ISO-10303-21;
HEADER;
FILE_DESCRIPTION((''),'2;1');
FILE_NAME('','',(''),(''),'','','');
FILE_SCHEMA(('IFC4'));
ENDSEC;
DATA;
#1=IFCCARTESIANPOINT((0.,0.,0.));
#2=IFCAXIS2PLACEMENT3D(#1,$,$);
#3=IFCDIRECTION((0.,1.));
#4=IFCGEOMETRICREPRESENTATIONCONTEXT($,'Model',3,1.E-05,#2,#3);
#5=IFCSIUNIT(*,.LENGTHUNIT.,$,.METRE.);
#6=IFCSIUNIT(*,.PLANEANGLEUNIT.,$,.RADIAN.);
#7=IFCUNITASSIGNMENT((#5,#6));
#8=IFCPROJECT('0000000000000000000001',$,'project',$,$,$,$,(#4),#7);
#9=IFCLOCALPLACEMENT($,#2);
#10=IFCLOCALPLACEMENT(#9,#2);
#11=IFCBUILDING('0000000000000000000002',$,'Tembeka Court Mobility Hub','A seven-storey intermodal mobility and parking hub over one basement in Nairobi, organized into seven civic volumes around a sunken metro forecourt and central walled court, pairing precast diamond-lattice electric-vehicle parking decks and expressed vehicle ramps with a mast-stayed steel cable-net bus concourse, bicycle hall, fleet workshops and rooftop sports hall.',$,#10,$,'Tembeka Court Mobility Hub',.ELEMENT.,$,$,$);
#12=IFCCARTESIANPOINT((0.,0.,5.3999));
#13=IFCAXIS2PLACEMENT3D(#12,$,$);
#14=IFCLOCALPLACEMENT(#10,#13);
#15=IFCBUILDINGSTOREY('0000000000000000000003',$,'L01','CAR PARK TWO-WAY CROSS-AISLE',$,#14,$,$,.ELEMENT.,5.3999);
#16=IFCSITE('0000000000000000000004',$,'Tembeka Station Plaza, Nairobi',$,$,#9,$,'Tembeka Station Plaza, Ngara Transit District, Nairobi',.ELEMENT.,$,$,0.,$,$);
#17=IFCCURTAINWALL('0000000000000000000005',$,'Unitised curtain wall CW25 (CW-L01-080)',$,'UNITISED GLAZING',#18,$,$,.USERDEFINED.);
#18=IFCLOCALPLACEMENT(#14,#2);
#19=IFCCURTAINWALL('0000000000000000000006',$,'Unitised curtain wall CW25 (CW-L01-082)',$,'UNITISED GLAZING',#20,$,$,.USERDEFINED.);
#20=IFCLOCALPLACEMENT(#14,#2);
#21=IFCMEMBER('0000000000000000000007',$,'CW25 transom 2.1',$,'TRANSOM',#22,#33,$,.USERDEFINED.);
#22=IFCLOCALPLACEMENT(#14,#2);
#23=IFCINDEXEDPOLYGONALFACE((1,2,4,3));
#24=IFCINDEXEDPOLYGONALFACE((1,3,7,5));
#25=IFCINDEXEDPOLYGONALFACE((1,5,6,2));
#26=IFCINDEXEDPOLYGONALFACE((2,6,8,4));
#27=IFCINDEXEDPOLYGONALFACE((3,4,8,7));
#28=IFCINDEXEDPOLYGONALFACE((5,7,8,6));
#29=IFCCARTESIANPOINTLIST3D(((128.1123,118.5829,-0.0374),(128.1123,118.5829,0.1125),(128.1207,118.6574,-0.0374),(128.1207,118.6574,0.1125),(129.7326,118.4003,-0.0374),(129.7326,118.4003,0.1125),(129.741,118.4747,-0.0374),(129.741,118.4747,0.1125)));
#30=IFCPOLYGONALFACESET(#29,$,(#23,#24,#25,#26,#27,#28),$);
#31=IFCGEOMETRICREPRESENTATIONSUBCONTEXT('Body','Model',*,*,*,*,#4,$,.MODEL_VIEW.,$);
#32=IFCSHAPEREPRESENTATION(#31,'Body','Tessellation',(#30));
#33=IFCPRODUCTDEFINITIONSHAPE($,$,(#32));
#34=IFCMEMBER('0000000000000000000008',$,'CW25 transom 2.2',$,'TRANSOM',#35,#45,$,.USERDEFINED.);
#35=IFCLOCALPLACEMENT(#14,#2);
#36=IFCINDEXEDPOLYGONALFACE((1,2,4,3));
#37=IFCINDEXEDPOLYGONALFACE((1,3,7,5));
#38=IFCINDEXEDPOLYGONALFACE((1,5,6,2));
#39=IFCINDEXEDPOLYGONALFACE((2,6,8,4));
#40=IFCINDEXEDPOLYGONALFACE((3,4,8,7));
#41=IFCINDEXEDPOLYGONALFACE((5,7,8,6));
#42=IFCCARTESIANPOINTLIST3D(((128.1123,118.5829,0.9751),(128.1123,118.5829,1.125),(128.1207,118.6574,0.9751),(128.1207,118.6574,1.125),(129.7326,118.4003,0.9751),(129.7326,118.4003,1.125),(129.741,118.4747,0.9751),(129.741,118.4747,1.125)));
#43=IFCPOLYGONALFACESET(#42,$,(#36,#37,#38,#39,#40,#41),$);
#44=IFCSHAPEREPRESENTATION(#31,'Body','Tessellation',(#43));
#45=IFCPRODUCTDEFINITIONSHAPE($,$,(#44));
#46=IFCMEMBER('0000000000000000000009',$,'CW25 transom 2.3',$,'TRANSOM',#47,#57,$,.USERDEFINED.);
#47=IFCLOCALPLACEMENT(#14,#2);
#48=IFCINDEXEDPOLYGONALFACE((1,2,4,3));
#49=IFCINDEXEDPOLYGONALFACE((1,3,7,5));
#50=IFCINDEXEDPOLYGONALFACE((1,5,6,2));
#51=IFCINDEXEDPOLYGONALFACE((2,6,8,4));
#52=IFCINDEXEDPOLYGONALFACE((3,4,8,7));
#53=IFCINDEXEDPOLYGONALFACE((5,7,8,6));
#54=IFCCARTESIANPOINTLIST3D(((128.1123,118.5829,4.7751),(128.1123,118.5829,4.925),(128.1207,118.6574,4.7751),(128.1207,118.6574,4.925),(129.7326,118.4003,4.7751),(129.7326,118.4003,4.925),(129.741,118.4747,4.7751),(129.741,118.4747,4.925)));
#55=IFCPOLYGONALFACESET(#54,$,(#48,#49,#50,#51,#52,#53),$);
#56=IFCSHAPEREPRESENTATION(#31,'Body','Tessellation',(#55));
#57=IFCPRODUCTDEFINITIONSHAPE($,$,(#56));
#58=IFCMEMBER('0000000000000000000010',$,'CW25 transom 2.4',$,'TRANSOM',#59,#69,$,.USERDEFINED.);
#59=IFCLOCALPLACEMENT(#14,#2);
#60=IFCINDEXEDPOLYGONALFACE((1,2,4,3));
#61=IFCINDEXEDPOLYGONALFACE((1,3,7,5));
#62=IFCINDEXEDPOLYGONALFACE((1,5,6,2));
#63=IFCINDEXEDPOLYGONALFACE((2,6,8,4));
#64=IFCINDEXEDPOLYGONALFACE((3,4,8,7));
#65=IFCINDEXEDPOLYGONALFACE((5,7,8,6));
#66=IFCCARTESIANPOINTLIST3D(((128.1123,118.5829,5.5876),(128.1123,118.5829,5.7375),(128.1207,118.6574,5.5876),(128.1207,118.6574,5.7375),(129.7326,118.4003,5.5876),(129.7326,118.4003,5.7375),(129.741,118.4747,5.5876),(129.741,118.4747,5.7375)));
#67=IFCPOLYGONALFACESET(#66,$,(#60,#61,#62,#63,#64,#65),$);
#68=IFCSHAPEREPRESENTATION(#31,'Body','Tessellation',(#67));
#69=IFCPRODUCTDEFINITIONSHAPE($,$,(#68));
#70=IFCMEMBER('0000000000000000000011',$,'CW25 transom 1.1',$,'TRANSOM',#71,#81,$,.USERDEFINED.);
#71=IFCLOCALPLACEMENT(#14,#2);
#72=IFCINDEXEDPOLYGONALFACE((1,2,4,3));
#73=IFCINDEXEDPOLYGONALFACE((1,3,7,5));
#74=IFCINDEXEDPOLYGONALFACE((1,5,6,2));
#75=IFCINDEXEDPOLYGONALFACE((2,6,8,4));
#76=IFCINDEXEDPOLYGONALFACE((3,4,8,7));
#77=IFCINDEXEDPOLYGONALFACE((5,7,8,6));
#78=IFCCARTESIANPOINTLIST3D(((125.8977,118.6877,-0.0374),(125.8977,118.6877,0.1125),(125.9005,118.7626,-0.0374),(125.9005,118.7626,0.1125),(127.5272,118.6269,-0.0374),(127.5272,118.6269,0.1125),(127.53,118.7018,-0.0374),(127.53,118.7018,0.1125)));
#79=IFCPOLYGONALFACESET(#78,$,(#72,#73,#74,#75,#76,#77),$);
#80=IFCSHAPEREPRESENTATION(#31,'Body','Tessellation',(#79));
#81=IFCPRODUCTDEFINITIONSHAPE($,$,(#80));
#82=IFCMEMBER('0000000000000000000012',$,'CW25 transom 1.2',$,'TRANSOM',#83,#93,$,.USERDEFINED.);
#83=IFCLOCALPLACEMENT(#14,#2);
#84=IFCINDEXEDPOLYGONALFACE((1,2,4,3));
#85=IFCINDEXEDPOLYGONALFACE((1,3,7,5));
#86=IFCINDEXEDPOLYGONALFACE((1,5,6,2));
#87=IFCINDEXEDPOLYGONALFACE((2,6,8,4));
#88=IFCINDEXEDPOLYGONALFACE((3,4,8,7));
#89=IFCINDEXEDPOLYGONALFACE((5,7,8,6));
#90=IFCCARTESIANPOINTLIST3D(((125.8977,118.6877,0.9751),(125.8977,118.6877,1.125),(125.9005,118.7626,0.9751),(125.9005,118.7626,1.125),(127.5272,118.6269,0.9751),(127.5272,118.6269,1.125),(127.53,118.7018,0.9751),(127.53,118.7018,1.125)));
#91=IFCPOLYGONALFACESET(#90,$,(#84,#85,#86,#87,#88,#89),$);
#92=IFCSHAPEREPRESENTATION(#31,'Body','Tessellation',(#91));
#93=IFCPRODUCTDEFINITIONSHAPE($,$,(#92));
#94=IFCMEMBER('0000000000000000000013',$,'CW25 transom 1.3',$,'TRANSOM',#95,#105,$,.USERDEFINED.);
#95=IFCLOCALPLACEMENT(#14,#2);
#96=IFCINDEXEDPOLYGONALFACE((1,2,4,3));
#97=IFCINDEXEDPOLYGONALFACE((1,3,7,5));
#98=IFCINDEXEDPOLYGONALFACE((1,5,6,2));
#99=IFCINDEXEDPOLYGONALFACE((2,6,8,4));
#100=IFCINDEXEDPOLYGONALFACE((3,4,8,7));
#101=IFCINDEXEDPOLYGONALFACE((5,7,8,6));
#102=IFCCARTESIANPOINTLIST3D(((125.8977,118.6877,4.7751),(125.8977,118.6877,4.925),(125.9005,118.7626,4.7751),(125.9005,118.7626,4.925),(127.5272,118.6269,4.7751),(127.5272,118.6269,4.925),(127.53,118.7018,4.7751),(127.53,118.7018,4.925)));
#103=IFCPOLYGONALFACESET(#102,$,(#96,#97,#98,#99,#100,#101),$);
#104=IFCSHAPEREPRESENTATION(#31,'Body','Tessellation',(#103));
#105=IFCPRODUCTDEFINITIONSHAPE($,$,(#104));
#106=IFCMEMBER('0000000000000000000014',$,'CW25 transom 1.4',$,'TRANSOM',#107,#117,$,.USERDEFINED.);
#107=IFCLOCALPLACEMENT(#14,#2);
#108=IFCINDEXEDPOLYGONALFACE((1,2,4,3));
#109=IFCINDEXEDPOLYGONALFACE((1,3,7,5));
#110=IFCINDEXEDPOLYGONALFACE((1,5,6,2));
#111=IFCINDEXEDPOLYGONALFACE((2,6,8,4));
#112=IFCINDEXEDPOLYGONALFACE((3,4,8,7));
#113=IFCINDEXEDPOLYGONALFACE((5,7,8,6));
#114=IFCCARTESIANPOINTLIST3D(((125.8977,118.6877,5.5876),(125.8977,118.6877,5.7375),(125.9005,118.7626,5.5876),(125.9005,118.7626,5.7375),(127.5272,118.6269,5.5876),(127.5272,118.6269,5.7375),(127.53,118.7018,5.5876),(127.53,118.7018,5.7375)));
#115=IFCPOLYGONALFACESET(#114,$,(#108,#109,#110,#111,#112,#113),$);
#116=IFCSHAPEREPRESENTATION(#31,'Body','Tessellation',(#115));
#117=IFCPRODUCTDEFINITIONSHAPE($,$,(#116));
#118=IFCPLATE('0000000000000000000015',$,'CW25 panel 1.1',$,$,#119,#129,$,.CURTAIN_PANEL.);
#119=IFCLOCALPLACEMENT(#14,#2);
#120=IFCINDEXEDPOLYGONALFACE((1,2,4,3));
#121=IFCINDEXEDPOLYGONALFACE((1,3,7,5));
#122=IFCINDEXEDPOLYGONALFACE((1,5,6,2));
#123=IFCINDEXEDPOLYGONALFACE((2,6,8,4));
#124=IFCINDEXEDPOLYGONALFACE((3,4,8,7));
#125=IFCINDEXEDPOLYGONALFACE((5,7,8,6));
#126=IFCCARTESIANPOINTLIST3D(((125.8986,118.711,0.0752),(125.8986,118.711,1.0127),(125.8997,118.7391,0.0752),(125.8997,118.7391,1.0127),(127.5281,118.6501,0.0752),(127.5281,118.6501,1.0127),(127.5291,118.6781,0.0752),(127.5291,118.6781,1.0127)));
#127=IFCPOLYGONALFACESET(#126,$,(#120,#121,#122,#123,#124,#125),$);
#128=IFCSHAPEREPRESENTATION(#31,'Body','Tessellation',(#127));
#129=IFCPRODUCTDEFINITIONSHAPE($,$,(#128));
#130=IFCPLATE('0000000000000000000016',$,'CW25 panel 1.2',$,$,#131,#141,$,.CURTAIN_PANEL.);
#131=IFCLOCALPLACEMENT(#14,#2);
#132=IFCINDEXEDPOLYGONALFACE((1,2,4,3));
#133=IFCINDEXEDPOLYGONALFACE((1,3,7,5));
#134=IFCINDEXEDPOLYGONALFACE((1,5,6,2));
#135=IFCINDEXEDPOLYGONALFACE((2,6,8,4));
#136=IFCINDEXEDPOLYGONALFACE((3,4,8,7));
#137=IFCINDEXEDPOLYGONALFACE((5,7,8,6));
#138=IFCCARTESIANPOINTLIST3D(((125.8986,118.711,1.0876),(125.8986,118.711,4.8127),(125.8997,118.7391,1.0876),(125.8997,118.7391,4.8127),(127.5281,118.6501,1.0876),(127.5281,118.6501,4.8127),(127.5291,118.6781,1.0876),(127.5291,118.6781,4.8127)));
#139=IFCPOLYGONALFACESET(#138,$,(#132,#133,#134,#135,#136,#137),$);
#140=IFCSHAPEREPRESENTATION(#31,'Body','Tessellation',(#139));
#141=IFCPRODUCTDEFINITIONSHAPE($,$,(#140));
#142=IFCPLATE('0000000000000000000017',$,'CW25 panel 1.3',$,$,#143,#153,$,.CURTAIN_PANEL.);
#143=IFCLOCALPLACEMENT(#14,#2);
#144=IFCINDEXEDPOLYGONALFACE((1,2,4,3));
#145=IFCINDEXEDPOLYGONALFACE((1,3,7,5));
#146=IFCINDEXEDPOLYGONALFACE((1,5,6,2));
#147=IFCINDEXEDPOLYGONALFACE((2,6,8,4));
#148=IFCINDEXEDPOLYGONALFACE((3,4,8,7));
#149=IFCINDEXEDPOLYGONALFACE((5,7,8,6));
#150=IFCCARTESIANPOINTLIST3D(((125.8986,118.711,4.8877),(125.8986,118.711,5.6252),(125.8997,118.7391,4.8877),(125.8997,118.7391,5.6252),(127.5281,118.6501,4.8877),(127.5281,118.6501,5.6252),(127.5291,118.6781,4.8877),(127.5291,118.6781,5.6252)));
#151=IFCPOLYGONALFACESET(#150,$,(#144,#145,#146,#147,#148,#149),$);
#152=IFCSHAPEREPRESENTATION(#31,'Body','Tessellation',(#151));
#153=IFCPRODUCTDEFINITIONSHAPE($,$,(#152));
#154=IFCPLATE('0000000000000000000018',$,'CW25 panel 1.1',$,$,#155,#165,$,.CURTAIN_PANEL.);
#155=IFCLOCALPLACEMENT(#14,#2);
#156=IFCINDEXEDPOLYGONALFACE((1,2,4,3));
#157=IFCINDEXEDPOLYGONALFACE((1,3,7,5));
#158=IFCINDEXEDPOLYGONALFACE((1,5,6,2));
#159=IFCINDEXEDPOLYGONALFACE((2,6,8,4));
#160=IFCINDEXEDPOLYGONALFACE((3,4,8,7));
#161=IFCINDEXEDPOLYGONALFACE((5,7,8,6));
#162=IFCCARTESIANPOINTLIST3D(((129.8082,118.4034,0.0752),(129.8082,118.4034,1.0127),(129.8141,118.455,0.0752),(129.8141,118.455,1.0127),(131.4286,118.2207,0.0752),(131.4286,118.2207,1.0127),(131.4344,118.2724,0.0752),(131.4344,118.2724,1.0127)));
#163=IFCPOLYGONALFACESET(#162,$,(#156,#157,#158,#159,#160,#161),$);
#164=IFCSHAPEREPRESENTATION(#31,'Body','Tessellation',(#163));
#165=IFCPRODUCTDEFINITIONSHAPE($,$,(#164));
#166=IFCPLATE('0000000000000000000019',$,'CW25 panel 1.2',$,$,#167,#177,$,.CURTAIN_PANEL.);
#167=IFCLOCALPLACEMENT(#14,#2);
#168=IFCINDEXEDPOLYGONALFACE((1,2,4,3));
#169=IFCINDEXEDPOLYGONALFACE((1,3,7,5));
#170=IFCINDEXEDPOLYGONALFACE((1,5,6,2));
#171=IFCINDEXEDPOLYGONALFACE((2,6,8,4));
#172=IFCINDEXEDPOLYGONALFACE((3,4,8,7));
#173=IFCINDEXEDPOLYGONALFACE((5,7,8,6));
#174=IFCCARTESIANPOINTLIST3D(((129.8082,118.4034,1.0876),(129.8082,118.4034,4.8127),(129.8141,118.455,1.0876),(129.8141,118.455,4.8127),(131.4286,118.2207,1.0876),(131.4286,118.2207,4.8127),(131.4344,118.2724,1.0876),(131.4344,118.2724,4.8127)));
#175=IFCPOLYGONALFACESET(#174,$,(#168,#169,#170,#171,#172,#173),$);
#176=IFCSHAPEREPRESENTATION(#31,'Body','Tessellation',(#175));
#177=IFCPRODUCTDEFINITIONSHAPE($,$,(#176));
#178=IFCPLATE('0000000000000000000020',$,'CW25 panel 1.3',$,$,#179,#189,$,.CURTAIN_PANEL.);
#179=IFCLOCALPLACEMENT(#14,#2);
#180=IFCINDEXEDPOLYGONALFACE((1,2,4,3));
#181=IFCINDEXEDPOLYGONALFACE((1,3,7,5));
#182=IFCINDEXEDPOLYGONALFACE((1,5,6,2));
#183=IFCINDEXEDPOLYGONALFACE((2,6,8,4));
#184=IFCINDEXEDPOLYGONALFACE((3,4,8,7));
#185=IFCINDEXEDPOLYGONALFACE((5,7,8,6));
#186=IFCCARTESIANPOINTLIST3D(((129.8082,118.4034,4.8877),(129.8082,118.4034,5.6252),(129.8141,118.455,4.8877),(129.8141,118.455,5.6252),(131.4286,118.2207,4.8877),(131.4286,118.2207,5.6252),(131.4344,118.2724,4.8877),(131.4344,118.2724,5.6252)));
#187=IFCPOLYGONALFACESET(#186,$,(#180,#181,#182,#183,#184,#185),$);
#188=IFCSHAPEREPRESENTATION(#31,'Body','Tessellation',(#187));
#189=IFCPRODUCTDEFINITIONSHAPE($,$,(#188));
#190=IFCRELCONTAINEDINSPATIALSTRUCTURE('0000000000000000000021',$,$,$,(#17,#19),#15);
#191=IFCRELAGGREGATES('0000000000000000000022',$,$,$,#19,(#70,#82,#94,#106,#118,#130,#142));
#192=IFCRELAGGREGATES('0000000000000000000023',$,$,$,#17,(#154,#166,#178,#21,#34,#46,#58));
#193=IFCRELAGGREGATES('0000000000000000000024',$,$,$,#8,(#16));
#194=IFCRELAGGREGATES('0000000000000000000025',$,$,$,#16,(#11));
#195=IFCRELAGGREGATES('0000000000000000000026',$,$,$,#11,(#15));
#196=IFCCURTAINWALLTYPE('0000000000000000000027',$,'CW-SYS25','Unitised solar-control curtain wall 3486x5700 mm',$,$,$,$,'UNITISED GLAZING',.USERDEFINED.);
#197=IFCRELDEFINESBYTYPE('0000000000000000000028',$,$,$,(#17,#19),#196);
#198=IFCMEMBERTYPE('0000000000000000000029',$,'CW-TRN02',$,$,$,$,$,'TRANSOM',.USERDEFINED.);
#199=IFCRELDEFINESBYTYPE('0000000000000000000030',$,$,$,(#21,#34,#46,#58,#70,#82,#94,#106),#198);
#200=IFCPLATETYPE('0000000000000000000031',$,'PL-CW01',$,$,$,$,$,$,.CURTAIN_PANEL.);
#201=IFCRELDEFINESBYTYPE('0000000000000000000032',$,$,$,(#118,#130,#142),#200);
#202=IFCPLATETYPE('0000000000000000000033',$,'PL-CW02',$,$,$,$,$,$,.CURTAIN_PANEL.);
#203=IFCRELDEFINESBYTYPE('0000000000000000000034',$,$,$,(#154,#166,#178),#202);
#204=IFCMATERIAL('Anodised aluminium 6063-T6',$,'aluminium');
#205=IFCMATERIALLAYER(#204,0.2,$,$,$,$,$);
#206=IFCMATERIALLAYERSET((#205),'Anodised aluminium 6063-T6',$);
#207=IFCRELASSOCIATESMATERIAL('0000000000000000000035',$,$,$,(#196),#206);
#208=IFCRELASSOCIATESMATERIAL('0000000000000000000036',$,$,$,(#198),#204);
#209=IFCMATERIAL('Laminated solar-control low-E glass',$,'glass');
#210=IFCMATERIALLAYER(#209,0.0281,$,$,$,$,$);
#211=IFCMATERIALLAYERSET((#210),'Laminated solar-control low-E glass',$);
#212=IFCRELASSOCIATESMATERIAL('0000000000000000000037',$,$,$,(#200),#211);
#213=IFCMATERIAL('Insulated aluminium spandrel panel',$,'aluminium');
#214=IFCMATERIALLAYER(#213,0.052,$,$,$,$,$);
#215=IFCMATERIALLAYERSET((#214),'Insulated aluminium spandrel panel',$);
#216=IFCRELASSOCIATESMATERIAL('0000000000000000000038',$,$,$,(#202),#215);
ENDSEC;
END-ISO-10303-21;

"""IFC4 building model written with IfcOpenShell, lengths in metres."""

from ifc_helpers import new_model, si_unit, direction, frame, origin, origin_2d, place, context, subcontext, project, spatial, rectangle, extrude, material, layer, layer_set, material_profile, profile_set, type_object, element, aggregate, save


model = new_model("IFC4")

# Units and contexts
model_context = context("Model", 3, precision=1e-05, world=origin(), true_north=direction((0.0, 1.0)))
body_context = subcontext(model_context, "Body", "Model", "MODEL_VIEW")
ifc_project = project(units=[si_unit("LENGTHUNIT", "METRE"), si_unit("PLANEANGLEUNIT", "RADIAN")], contexts=[model_context])

# Site, building, storey
site_placement = place(None, origin())
site = spatial("IfcSite", under=ifc_project, at=site_placement, Name="Tembeka Station Plaza, Nairobi", LongName="Tembeka Station Plaza, Ngara Transit District, Nairobi", CompositionType="ELEMENT", RefElevation=0.0)
building_placement = place(site_placement, origin())
building = spatial("IfcBuilding", under=site, at=building_placement, Name="Tembeka Court Mobility Hub", Description="A seven-storey intermodal mobility and parking hub over one basement in Nairobi, organized into seven civic volumes around a sunken metro forecourt and central walled court, pairing precast diamond-lattice electric-vehicle parking decks and expressed vehicle ramps with a mast-stayed steel cable-net bus concourse, bicycle hall, fleet workshops and rooftop sports hall.", LongName="Tembeka Court Mobility Hub", CompositionType="ELEMENT")
storey_placement = place(building_placement, frame((0.0, 0.0, 5.3999)))
storey = spatial("IfcBuildingStorey", under=building, at=storey_placement, Name="L01", Description="CAR PARK TWO-WAY CROSS-AISLE", CompositionType="ELEMENT", Elevation=5.3999)

# Curtain wall
ifc_material_1 = material(Name="Anodised aluminium 6063-T6", Category="aluminium")
ifc_layer_1 = layer(ifc_material_1, 0.2)
ifc_layer_set_1 = layer_set([ifc_layer_1], Name="Anodised aluminium 6063-T6")
curtain_wall_type = type_object("IfcCurtainWallType", Name="CW-SYS25", Description="Unitised solar-control curtain wall 3486x5700 mm", ElementType="UNITISED GLAZING", PredefinedType="USERDEFINED", material=ifc_layer_set_1)
curtain_wall_1_placement = place(storey_placement, origin())
curtain_wall_1 = element("IfcCurtainWall", 1, at=curtain_wall_1_placement, inside=storey, type_object=curtain_wall_type, Name="Unitised curtain wall CW25 (CW-L01-080)", ObjectType="UNITISED GLAZING", PredefinedType="USERDEFINED")

# Curtain wall
curtain_wall_2_placement = place(storey_placement, origin())
curtain_wall_2 = element("IfcCurtainWall", 2, at=curtain_wall_2_placement, inside=storey, type_object=curtain_wall_type, Name="Unitised curtain wall CW25 (CW-L01-082)", ObjectType="UNITISED GLAZING", PredefinedType="USERDEFINED")

# Members
ifc_material_profile_1 = material_profile(ifc_material_1, rectangle(XDim=0.075, YDim=0.1499, at=origin_2d()), Name="ALU-TRN 75x150")
ifc_profile_set_1 = profile_set([ifc_material_profile_1], Name="Anodised aluminium 6063-T6")
member_type_1 = type_object("IfcMemberType", Name="CW-TRN02", ElementType="TRANSOM", PredefinedType="USERDEFINED", material=ifc_profile_set_1)
member_1_placement = place(storey_placement, frame((129.7368, 118.4375, 0.0376), z_axis=(-0.993709, 0.111993, 0.0), x_axis=(-0.111993, -0.993709, 0.0)))
member_1 = element("IfcMember", 3, at=member_1_placement, type_object=member_type_1, Name="CW25 transom 2.1", ObjectType="TRANSOM", PredefinedType="USERDEFINED", context=body_context, shape_type="SweptSolid", body=[
    extrude(rectangle(XDim=0.075, YDim=0.1499, at=origin_2d()), origin(), (0.0, 0.0, 1.0), 1.6306),
])
member_2_placement = place(storey_placement, frame((129.7368, 118.4375, 1.05), z_axis=(-0.993709, 0.111993, 0.0), x_axis=(-0.111993, -0.993709, 0.0)))
member_2 = element("IfcMember", 4, at=member_2_placement, type_object=member_type_1, Name="CW25 transom 2.2", ObjectType="TRANSOM", PredefinedType="USERDEFINED", context=body_context, shape_type="SweptSolid", body=[
    extrude(rectangle(XDim=0.075, YDim=0.1499, at=origin_2d()), origin(), (0.0, 0.0, 1.0), 1.6306),
])
member_3_placement = place(storey_placement, frame((129.7368, 118.4375, 4.8501), z_axis=(-0.993709, 0.111993, 0.0), x_axis=(-0.111993, -0.993709, 0.0)))
member_3 = element("IfcMember", 5, at=member_3_placement, type_object=member_type_1, Name="CW25 transom 2.3", ObjectType="TRANSOM", PredefinedType="USERDEFINED", context=body_context, shape_type="SweptSolid", body=[
    extrude(rectangle(XDim=0.075, YDim=0.1499, at=origin_2d()), origin(), (0.0, 0.0, 1.0), 1.6306),
])
member_4_placement = place(storey_placement, frame((129.7368, 118.4375, 5.6626), z_axis=(-0.993709, 0.111993, 0.0), x_axis=(-0.111993, -0.993709, 0.0)))
member_4 = element("IfcMember", 6, at=member_4_placement, type_object=member_type_1, Name="CW25 transom 2.4", ObjectType="TRANSOM", PredefinedType="USERDEFINED", context=body_context, shape_type="SweptSolid", body=[
    extrude(rectangle(XDim=0.075, YDim=0.1499, at=origin_2d()), origin(), (0.0, 0.0, 1.0), 1.6306),
])
member_5_placement = place(storey_placement, frame((127.5286, 118.6643, 0.0376), z_axis=(-0.999305, 0.037283, 0.0), x_axis=(-0.037283, -0.999305, 0.0)))
member_5 = element("IfcMember", 7, at=member_5_placement, type_object=member_type_1, Name="CW25 transom 1.1", ObjectType="TRANSOM", PredefinedType="USERDEFINED", context=body_context, shape_type="SweptSolid", body=[
    extrude(rectangle(XDim=0.075, YDim=0.1499, at=origin_2d()), origin(), (0.0, 0.0, 1.0), 1.6306),
])
member_6_placement = place(storey_placement, frame((127.5286, 118.6643, 1.05), z_axis=(-0.999305, 0.037283, 0.0), x_axis=(-0.037283, -0.999305, 0.0)))
member_6 = element("IfcMember", 8, at=member_6_placement, type_object=member_type_1, Name="CW25 transom 1.2", ObjectType="TRANSOM", PredefinedType="USERDEFINED", context=body_context, shape_type="SweptSolid", body=[
    extrude(rectangle(XDim=0.075, YDim=0.1499, at=origin_2d()), origin(), (0.0, 0.0, 1.0), 1.6306),
])
member_7_placement = place(storey_placement, frame((127.5286, 118.6643, 4.8501), z_axis=(-0.999305, 0.037283, 0.0), x_axis=(-0.037283, -0.999305, 0.0)))
member_7 = element("IfcMember", 9, at=member_7_placement, type_object=member_type_1, Name="CW25 transom 1.3", ObjectType="TRANSOM", PredefinedType="USERDEFINED", context=body_context, shape_type="SweptSolid", body=[
    extrude(rectangle(XDim=0.075, YDim=0.1499, at=origin_2d()), origin(), (0.0, 0.0, 1.0), 1.6306),
])
member_8_placement = place(storey_placement, frame((127.5286, 118.6643, 5.6626), z_axis=(-0.999305, 0.037283, 0.0), x_axis=(-0.037283, -0.999305, 0.0)))
member_8 = element("IfcMember", 10, at=member_8_placement, type_object=member_type_1, Name="CW25 transom 1.4", ObjectType="TRANSOM", PredefinedType="USERDEFINED", context=body_context, shape_type="SweptSolid", body=[
    extrude(rectangle(XDim=0.075, YDim=0.1499, at=origin_2d()), origin(), (0.0, 0.0, 1.0), 1.6306),
])

# Plates
ifc_material_2 = material(Name="Laminated solar-control low-E glass", Category="glass")
ifc_layer_2 = layer(ifc_material_2, 0.0281)
ifc_layer_set_2 = layer_set([ifc_layer_2], Name="Laminated solar-control low-E glass")
plate_type_1 = type_object("IfcPlateType", Name="PL-CW01", PredefinedType="CURTAIN_PANEL", material=ifc_layer_set_2)
plate_1_placement = place(storey_placement, frame((126.7139, 118.6946, 0.0752), z_axis=(0.0, 0.0, 1.0), x_axis=(-0.9993, 0.037405, 0.0)))
plate_1 = element("IfcPlate", 11, at=plate_1_placement, type_object=plate_type_1, Name="CW25 panel 1.1", PredefinedType="CURTAIN_PANEL", context=body_context, shape_type="SweptSolid", body=[
    extrude(rectangle(XDim=1.6306, YDim=0.0281, at=origin_2d()), origin(), (0.0, 0.0, 1.0), 0.9375),
])
plate_2_placement = place(storey_placement, frame((126.7139, 118.6946, 1.0876), z_axis=(0.0, 0.0, 1.0), x_axis=(-0.9993, 0.037405, 0.0)))
plate_2 = element("IfcPlate", 12, at=plate_2_placement, type_object=plate_type_1, Name="CW25 panel 1.2", PredefinedType="CURTAIN_PANEL", context=body_context, shape_type="SweptSolid", body=[
    extrude(rectangle(XDim=1.6306, YDim=0.0281, at=origin_2d()), origin(), (0.0, 0.0, 1.0), 3.7251),
])
plate_3_placement = place(storey_placement, frame((126.7139, 118.6946, 4.8877), z_axis=(0.0, 0.0, 1.0), x_axis=(-0.9993, 0.037405, 0.0)))
plate_3 = element("IfcPlate", 13, at=plate_3_placement, type_object=plate_type_1, Name="CW25 panel 1.3", PredefinedType="CURTAIN_PANEL", context=body_context, shape_type="SweptSolid", body=[
    extrude(rectangle(XDim=1.6306, YDim=0.0281, at=origin_2d()), origin(), (0.0, 0.0, 1.0), 0.7375),
])
aggregate(curtain_wall_2, [member_5, member_6, member_7, member_8, plate_1, plate_2, plate_3])
ifc_material_3 = material(Name="Insulated aluminium spandrel panel", Category="aluminium")
ifc_layer_3 = layer(ifc_material_3, 0.052)
ifc_layer_set_3 = layer_set([ifc_layer_3], Name="Insulated aluminium spandrel panel")
plate_type_2 = type_object("IfcPlateType", Name="PL-CW02", PredefinedType="CURTAIN_PANEL", material=ifc_layer_set_3)
plate_4_placement = place(storey_placement, frame((130.6213, 118.3379, 0.0752), z_axis=(0.0, 0.0, 1.0), x_axis=(-0.99371, 0.111987, 0.0)))
plate_4 = element("IfcPlate", 14, at=plate_4_placement, type_object=plate_type_2, Name="CW25 panel 1.1", PredefinedType="CURTAIN_PANEL", context=body_context, shape_type="SweptSolid", body=[
    extrude(rectangle(XDim=1.6306, YDim=0.052, at=origin_2d()), origin(), (0.0, 0.0, 1.0), 0.9375),
])
plate_5_placement = place(storey_placement, frame((130.6213, 118.3379, 1.0876), z_axis=(0.0, 0.0, 1.0), x_axis=(-0.99371, 0.111987, 0.0)))
plate_5 = element("IfcPlate", 15, at=plate_5_placement, type_object=plate_type_2, Name="CW25 panel 1.2", PredefinedType="CURTAIN_PANEL", context=body_context, shape_type="SweptSolid", body=[
    extrude(rectangle(XDim=1.6306, YDim=0.052, at=origin_2d()), origin(), (0.0, 0.0, 1.0), 3.7251),
])
plate_6_placement = place(storey_placement, frame((130.6213, 118.3379, 4.8877), z_axis=(0.0, 0.0, 1.0), x_axis=(-0.99371, 0.111987, 0.0)))
plate_6 = element("IfcPlate", 16, at=plate_6_placement, type_object=plate_type_2, Name="CW25 panel 1.3", PredefinedType="CURTAIN_PANEL", context=body_context, shape_type="SweptSolid", body=[
    extrude(rectangle(XDim=1.6306, YDim=0.052, at=origin_2d()), origin(), (0.0, 0.0, 1.0), 0.7375),
])
aggregate(curtain_wall_1, [plate_4, plate_5, plate_6, member_1, member_2, member_3, member_4])

save(model, "model.ifc")
